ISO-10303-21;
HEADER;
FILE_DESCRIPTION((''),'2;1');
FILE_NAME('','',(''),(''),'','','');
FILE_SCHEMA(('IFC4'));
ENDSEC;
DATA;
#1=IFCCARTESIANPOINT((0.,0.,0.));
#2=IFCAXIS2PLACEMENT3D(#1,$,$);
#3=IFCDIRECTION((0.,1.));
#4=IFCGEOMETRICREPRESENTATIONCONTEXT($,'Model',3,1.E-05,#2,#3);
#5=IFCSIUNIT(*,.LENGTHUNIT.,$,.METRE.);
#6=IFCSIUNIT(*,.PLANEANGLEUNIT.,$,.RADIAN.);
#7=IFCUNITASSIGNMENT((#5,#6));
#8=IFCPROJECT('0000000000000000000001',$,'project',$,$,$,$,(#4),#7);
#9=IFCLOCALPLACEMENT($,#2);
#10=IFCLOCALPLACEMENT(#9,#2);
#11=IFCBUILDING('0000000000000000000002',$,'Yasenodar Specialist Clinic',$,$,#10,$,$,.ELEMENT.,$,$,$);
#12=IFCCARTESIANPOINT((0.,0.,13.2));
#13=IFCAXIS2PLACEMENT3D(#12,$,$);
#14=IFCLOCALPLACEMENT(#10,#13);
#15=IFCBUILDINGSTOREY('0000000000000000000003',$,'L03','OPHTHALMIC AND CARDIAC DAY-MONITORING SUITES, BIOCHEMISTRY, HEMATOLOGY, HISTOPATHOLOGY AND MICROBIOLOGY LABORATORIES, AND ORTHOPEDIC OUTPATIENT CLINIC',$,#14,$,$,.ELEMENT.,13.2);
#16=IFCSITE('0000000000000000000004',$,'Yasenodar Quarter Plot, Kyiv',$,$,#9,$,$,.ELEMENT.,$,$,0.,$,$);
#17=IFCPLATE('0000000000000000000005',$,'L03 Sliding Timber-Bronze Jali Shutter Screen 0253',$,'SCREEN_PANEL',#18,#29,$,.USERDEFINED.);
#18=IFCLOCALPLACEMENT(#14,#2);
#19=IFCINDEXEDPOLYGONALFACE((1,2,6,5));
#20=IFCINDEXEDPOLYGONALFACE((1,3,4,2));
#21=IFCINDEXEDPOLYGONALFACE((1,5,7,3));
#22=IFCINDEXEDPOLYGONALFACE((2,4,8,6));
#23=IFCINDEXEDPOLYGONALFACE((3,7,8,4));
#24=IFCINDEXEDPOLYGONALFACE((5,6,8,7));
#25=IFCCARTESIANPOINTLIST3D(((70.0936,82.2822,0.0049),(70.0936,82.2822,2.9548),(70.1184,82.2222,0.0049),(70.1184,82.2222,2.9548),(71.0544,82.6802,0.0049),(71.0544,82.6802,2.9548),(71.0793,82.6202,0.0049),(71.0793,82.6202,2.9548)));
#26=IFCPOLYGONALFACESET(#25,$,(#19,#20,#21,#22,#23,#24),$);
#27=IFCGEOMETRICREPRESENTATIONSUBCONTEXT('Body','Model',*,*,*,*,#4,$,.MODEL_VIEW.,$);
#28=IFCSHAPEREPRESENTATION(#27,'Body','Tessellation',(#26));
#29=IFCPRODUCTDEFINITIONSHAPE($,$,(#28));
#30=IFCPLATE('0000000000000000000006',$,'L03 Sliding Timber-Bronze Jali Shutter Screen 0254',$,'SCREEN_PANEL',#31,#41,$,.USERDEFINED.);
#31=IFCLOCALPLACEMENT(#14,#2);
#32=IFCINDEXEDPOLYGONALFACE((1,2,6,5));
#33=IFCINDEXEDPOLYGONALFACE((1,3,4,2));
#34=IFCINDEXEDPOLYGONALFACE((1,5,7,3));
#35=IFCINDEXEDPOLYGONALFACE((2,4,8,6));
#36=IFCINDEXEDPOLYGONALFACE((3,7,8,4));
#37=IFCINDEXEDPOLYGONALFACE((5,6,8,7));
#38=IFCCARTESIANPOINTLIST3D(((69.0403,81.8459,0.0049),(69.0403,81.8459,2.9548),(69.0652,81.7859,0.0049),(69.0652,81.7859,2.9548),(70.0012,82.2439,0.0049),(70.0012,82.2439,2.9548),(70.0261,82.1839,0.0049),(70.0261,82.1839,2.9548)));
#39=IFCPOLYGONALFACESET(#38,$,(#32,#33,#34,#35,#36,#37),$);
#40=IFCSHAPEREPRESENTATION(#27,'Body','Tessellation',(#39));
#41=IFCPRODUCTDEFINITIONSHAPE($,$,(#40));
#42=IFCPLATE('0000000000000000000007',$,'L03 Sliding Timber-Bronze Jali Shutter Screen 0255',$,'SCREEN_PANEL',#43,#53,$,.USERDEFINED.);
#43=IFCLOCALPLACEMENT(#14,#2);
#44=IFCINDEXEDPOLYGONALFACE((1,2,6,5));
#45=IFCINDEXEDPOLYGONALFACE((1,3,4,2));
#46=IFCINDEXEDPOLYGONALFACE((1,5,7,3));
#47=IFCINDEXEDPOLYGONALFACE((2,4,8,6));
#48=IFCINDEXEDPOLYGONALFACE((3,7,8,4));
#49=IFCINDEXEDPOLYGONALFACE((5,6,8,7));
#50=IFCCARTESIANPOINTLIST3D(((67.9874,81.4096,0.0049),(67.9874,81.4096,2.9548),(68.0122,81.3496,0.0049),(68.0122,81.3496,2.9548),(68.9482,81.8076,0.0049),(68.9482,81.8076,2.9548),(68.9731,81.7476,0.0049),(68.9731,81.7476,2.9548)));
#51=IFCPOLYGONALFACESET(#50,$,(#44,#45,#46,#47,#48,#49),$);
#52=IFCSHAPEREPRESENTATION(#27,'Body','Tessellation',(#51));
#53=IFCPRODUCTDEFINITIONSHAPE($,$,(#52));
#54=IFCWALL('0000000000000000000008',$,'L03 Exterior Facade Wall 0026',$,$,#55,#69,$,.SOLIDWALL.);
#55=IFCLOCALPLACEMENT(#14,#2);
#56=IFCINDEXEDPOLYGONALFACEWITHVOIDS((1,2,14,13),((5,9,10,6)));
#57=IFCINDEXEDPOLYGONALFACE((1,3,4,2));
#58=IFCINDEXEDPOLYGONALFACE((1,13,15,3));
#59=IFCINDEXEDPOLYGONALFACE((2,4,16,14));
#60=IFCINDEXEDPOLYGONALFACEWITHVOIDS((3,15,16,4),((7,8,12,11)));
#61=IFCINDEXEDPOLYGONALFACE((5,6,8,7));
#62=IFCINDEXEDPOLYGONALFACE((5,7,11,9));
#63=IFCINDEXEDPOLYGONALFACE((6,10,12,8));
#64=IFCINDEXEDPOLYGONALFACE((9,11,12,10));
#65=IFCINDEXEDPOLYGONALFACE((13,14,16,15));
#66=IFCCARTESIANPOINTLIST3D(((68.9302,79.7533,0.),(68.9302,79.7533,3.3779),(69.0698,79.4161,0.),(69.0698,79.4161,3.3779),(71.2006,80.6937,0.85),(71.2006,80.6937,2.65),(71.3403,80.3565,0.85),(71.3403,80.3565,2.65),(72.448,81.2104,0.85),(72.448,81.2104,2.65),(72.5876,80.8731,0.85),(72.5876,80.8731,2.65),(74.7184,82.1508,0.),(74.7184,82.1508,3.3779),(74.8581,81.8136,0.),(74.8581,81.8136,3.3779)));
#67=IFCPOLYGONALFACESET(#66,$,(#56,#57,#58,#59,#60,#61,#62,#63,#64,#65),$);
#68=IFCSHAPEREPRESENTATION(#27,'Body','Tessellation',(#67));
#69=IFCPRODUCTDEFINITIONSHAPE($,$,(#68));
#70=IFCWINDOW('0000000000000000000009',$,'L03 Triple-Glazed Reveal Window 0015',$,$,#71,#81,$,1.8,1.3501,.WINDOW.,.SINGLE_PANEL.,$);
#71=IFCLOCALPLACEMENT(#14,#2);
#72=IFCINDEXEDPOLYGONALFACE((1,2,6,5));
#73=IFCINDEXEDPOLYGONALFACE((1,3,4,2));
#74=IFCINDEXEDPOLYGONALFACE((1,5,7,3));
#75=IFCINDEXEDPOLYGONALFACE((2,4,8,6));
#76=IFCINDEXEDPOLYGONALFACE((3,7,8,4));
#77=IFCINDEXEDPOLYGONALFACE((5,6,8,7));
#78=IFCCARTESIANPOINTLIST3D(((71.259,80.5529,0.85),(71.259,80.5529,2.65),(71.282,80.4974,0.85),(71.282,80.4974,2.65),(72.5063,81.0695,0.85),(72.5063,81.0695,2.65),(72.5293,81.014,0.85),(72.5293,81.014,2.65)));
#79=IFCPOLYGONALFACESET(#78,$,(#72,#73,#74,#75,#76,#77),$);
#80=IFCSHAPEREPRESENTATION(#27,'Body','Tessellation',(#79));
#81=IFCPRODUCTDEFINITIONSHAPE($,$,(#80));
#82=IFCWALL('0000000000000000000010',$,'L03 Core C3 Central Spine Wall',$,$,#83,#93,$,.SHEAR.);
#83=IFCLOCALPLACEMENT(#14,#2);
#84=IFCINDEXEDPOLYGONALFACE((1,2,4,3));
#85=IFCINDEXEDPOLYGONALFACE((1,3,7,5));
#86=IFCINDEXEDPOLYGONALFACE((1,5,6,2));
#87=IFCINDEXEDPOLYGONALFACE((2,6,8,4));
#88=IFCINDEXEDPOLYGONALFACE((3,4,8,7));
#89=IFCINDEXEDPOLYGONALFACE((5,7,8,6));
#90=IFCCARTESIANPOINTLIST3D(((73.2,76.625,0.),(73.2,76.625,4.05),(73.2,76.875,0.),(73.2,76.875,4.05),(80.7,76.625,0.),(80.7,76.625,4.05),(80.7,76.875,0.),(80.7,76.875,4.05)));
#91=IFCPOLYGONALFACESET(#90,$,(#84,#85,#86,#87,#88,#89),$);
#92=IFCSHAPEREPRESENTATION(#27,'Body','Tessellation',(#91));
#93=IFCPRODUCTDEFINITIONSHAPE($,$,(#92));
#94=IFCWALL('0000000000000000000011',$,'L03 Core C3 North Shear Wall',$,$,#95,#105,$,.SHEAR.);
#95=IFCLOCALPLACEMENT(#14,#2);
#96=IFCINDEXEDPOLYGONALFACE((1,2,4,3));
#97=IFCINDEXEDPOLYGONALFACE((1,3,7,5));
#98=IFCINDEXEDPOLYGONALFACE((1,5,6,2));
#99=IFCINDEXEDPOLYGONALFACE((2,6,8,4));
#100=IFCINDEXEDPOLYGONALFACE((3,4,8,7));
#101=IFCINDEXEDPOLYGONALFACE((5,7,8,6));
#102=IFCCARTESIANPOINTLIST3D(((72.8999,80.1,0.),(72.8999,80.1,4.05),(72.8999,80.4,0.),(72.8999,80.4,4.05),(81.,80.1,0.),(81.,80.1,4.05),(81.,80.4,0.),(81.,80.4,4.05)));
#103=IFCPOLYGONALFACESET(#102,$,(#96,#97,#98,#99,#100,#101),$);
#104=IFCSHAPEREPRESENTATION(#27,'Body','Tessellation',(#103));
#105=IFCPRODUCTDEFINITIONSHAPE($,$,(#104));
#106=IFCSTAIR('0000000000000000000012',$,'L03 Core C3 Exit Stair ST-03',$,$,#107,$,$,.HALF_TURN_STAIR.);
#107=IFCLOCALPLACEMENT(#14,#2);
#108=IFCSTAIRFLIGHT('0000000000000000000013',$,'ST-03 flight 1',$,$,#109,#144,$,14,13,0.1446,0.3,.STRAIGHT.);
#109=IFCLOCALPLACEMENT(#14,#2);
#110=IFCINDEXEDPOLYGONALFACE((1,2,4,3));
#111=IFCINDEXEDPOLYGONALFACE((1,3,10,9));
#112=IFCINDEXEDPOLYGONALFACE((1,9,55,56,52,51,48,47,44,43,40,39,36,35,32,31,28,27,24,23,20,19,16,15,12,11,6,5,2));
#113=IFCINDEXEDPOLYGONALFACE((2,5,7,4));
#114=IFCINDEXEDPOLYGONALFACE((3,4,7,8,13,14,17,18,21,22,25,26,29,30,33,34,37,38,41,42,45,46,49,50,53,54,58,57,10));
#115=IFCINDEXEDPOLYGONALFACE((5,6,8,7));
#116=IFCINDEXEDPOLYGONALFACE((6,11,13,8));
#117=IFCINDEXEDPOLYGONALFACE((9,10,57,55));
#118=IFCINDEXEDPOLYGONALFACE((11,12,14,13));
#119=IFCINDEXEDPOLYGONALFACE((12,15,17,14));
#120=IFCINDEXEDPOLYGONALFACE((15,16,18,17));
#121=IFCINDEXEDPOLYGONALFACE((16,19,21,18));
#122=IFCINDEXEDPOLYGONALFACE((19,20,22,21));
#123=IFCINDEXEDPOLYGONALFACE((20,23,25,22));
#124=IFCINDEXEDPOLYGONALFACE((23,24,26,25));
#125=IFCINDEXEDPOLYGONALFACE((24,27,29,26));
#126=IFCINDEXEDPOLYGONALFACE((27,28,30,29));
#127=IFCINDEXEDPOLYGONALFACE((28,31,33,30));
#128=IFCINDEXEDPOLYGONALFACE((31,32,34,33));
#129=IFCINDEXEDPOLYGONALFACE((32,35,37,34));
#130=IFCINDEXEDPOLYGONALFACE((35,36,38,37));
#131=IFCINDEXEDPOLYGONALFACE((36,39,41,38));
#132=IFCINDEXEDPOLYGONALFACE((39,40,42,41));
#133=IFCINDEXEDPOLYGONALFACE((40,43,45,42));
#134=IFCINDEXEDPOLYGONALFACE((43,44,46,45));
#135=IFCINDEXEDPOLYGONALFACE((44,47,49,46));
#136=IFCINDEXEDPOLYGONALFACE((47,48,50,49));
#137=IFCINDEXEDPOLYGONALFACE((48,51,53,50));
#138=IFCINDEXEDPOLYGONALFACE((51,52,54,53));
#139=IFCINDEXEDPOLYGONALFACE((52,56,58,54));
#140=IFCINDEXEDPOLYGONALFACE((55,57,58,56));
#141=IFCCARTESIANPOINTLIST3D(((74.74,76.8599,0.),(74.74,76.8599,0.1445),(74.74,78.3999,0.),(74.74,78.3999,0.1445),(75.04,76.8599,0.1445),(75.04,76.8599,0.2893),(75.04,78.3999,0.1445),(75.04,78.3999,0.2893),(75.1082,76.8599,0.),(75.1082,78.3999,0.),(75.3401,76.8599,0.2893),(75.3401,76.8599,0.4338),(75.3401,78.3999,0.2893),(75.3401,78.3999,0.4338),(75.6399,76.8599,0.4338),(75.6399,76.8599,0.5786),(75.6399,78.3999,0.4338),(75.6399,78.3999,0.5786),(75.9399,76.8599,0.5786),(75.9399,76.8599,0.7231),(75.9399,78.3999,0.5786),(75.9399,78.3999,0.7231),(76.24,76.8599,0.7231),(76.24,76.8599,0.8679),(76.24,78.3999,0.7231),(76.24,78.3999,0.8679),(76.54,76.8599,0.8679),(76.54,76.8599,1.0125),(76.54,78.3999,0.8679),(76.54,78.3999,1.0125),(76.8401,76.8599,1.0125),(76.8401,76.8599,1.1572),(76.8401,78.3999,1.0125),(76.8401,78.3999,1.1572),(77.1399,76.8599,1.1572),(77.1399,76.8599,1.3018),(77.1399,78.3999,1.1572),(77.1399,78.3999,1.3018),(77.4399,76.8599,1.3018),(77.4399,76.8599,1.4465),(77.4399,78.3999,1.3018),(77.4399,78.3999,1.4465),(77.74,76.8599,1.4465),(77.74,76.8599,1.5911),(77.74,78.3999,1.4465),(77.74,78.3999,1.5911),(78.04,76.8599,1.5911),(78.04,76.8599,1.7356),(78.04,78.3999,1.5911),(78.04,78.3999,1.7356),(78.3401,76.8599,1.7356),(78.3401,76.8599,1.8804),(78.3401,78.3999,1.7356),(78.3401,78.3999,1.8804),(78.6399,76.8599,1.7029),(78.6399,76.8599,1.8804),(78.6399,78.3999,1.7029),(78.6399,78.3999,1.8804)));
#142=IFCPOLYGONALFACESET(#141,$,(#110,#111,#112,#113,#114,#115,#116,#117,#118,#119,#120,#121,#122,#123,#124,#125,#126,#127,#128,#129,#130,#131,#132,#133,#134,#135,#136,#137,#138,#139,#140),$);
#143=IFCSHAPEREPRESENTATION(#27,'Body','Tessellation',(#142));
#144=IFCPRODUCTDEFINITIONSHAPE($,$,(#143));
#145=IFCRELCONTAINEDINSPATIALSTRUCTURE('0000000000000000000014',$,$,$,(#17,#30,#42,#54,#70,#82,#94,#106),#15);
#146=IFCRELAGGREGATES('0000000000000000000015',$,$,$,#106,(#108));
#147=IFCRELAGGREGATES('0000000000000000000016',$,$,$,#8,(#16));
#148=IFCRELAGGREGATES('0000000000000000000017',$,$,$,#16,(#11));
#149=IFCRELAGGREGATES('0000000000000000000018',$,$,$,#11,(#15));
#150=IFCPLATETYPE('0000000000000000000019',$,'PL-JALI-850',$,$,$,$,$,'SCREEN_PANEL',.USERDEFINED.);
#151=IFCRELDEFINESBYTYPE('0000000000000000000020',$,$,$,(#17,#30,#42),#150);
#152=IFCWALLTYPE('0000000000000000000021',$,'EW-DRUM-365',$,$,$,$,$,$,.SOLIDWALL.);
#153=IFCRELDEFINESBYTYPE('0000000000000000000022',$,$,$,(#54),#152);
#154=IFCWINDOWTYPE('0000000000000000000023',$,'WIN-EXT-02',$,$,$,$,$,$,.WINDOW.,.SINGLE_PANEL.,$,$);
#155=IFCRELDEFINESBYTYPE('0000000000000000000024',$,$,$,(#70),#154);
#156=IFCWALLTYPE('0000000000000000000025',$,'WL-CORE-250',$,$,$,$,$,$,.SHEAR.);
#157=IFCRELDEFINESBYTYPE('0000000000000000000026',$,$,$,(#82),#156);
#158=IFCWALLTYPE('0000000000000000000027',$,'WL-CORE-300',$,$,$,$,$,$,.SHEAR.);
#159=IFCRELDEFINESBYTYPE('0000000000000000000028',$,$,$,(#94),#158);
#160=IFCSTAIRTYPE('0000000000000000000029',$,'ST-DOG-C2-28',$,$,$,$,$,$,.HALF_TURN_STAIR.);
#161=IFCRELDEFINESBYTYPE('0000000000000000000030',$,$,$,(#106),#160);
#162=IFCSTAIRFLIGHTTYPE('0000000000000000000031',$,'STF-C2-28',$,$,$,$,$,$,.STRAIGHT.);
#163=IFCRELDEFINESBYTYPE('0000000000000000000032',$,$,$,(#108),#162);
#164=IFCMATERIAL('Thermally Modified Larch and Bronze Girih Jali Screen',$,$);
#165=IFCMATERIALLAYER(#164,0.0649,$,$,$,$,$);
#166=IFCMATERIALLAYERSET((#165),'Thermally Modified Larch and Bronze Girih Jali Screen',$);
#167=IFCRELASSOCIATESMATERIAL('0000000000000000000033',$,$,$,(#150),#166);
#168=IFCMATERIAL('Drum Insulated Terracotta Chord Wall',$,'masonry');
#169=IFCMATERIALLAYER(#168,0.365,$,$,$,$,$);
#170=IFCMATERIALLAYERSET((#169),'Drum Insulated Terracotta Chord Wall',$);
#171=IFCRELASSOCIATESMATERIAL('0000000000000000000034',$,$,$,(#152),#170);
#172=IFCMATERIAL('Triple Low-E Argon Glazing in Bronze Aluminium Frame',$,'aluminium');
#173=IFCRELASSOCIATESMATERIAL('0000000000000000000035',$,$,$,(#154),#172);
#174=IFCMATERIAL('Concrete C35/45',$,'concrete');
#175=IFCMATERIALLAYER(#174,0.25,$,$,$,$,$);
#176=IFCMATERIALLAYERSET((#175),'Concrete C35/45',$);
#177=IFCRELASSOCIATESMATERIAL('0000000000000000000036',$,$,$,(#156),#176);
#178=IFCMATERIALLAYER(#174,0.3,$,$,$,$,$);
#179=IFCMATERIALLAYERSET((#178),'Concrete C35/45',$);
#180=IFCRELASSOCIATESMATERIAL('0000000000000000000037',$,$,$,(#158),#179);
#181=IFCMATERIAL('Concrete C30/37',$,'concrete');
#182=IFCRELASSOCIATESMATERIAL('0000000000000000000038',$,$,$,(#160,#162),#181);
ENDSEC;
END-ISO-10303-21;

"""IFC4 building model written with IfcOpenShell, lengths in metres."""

from ifc_helpers import new_model, si_unit, direction, frame, frame_2d, origin, origin_2d, place, context, subcontext, project, spatial, polyline, rectangle, outline, extrude, material, layer, layer_set, type_object, element, fill, aggregate, save


model = new_model("IFC4")

# Units and contexts
model_context = context("Model", 3, precision=1e-05, world=origin(), true_north=direction((0.0, 1.0)))
body_context = subcontext(model_context, "Body", "Model", "MODEL_VIEW")
ifc_project = project(units=[si_unit("LENGTHUNIT", "METRE"), si_unit("PLANEANGLEUNIT", "RADIAN")], contexts=[model_context])

# Site, building, storey
site_placement = place(None, origin())
site = spatial("IfcSite", under=ifc_project, at=site_placement, Name="Yasenodar Quarter Plot, Kyiv", CompositionType="ELEMENT", RefElevation=0.0)
building_placement = place(site_placement, origin())
building = spatial("IfcBuilding", under=site, at=building_placement, Name="Yasenodar Specialist Clinic", CompositionType="ELEMENT")
storey_placement = place(building_placement, frame((0.0, 0.0, 13.2)))
storey = spatial("IfcBuildingStorey", under=building, at=storey_placement, Name="L03", Description="OPHTHALMIC AND CARDIAC DAY-MONITORING SUITES, BIOCHEMISTRY, HEMATOLOGY, HISTOPATHOLOGY AND MICROBIOLOGY LABORATORIES, AND ORTHOPEDIC OUTPATIENT CLINIC", CompositionType="ELEMENT", Elevation=13.2)

# Plates
ifc_material_1 = material(Name="Thermally Modified Larch and Bronze Girih Jali Screen")
ifc_layer_1 = layer(ifc_material_1, 0.0649)
ifc_layer_set_1 = layer_set([ifc_layer_1], Name="Thermally Modified Larch and Bronze Girih Jali Screen")
plate_type_1 = type_object("IfcPlateType", Name="PL-JALI-850", ElementType="SCREEN_PANEL", PredefinedType="USERDEFINED", material=ifc_layer_set_1)
for number, where, z_axis, x_axis, name in (
    (1, (70.5864, 82.4512, 0.0049), (0.0, 0.0, 1.0), (-0.923878, -0.382687, 0.0), "L03 Sliding Timber-Bronze Jali Shutter Screen 0253"),
    (2, (69.5332, 82.0149, 0.0049), (0.0, 0.0, 1.0), (-0.923878, -0.382687, 0.0), "L03 Sliding Timber-Bronze Jali Shutter Screen 0254"),
    (3, (68.4802, 81.5786, 0.0049), (0.0, 0.0, 1.0), (-0.923878, -0.382687, 0.0), "L03 Sliding Timber-Bronze Jali Shutter Screen 0255"),
):
    element("IfcPlate", number, at=place(storey_placement, frame(where, z_axis=z_axis, x_axis=x_axis)), inside=storey, type_object=plate_type_1, Name=name, ObjectType="SCREEN_PANEL", PredefinedType="USERDEFINED", context=body_context, shape_type="SweptSolid", body=[
        extrude(rectangle(XDim=1.04, YDim=0.0649, at=origin_2d()), origin(), (0.0, 0.0, 1.0), 2.95),
    ])

# Wall, opening, window
ifc_material_2 = material(Name="Drum Insulated Terracotta Chord Wall", Category="masonry")
ifc_layer_2 = layer(ifc_material_2, 0.365)
ifc_layer_set_2 = layer_set([ifc_layer_2], Name="Drum Insulated Terracotta Chord Wall")
wall_type_1 = type_object("IfcWallType", Name="EW-DRUM-365", PredefinedType="SOLIDWALL", material=ifc_layer_set_2)
wall_1_placement = place(storey_placement, frame((69.0, 79.5847, 0.0), z_axis=(0.0, 0.0, 1.0), x_axis=(0.923888, 0.382664, 0.0)))
wall_1 = element("IfcWall", 4, at=wall_1_placement, inside=storey, type_object=wall_type_1, Name="L03 Exterior Facade Wall 0026", PredefinedType="SOLIDWALL", context=body_context, shape_type="SweptSolid", body=[
    extrude(rectangle(XDim=6.2651, YDim=0.365, at=frame_2d((3.1326, 0.0))), origin(), (0.0, 0.0, 1.0), 3.3779),
])
opening_placement = place(wall_1_placement, frame((2.4575, 0.0, 0.8501)))
opening = element("IfcOpeningElement", 5, at=opening_placement, cuts=wall_1, PredefinedType="OPENING", context=body_context, shape_type="SweptSolid", body=[
    extrude(rectangle(XDim=1.3501, YDim=1.8, at=frame_2d((0.675, 0.8999))), frame((0.0, 0.1924, 0.0), z_axis=(0.0, -1.0, 0.0), x_axis=(1.0, 0.0, 0.0)), (0.0, 0.0, 1.0), 0.385),
])
ifc_material_3 = material(Name="Triple Low-E Argon Glazing in Bronze Aluminium Frame", Category="aluminium")
window_type = type_object("IfcWindowType", Name="WIN-EXT-02", PartitioningType="SINGLE_PANEL", PredefinedType="WINDOW", material=ifc_material_3)
window_placement = place(opening_placement, origin())
window = element("IfcWindow", 6, at=window_placement, inside=storey, type_object=window_type, Name="L03 Triple-Glazed Reveal Window 0015", OverallHeight=1.8, OverallWidth=1.3501, PartitioningType="SINGLE_PANEL", PredefinedType="WINDOW", context=body_context, shape_type="SweptSolid", body=[
    extrude(rectangle(XDim=1.3501, YDim=1.8, at=frame_2d((0.675, 0.8999))), frame((0.0, 0.03, 0.0), z_axis=(0.0, -1.0, 0.0), x_axis=(1.0, 0.0, 0.0)), (0.0, 0.0, 1.0), 0.0601),
])
fill(opening, window)

# Walls
ifc_material_4 = material(Name="Concrete C35/45", Category="concrete")
ifc_layer_3 = layer(ifc_material_4, 0.25)
ifc_layer_set_3 = layer_set([ifc_layer_3], Name="Concrete C35/45")
wall_type_2 = type_object("IfcWallType", Name="WL-CORE-250", PredefinedType="SHEAR", material=ifc_layer_set_3)
wall_2_placement = place(storey_placement, frame((73.2, 76.75, 0.0), z_axis=(0.0, 0.0, 1.0), x_axis=(1.0, 0.0, 0.0)))
element("IfcWall", 7, at=wall_2_placement, inside=storey, type_object=wall_type_2, Name="L03 Core C3 Central Spine Wall", PredefinedType="SHEAR", context=body_context, shape_type="SweptSolid", body=[
    extrude(rectangle(XDim=7.5, YDim=0.25, at=frame_2d((3.75, 0.0))), origin(), (0.0, 0.0, 1.0), 4.05),
])
ifc_layer_4 = layer(ifc_material_4, 0.3)
ifc_layer_set_4 = layer_set([ifc_layer_4], Name="Concrete C35/45")
wall_type_3 = type_object("IfcWallType", Name="WL-CORE-300", PredefinedType="SHEAR", material=ifc_layer_set_4)
wall_3_placement = place(storey_placement, frame((72.8999, 80.25, 0.0), z_axis=(0.0, 0.0, 1.0), x_axis=(1.0, 0.0, 0.0)))
element("IfcWall", 8, at=wall_3_placement, inside=storey, type_object=wall_type_3, Name="L03 Core C3 North Shear Wall", PredefinedType="SHEAR", context=body_context, shape_type="SweptSolid", body=[
    extrude(rectangle(XDim=8.1001, YDim=0.3, at=frame_2d((4.05, 0.0))), origin(), (0.0, 0.0, 1.0), 4.05),
])

# Stair, stair flight
ifc_material_5 = material(Name="Concrete C30/37", Category="concrete")
stair_type = type_object("IfcStairType", Name="ST-DOG-C2-28", PredefinedType="HALF_TURN_STAIR", material=ifc_material_5)
stair_placement = place(storey_placement, origin())
stair = element("IfcStair", 9, at=stair_placement, inside=storey, type_object=stair_type, Name="L03 Core C3 Exit Stair ST-03", PredefinedType="HALF_TURN_STAIR")
stair_flight_type = type_object("IfcStairFlightType", Name="STF-C2-28", PredefinedType="STRAIGHT", material=ifc_material_5)
stair_flight_placement = place(storey_placement, frame((74.74, 77.6299, 0.0), z_axis=(0.0, 0.0, 1.0), x_axis=(1.0, 0.0, 0.0)))
stair_flight = element("IfcStairFlight", 10, at=stair_flight_placement, type_object=stair_flight_type, Name="ST-03 flight 1", NumberOfRisers=14, NumberOfTreads=13, PredefinedType="STRAIGHT", RiserHeight=0.1446, TreadLength=0.3, context=body_context, shape_type="SweptSolid", body=[
    extrude(outline(polyline([(0.0, 0.0), (0.0, 0.1445), (0.3, 0.1445), (0.3, 0.2893), (0.6001, 0.2893), (0.6001, 0.4338), (0.8999, 0.4338), (0.8999, 0.5786), (1.2, 0.5786), (1.2, 0.7231), (1.5, 0.7231), (1.5, 0.8679), (1.8, 0.8679), (1.8, 1.0125), (2.1001, 1.0125), (2.1001, 1.1572), (2.3999, 1.1572), (2.3999, 1.3018), (2.7, 1.3018), (2.7, 1.4465), (3.0, 1.4465), (3.0, 1.5911), (3.3, 1.5911), (3.3, 1.7356), (3.6001, 1.7356), (3.6001, 1.8804), (3.8999, 1.8804), (3.8999, 2.0249), (3.8999, 1.7029), (0.3682, 0.0), (0.0, 0.0)])), frame((0.0, 0.77, 0.0), z_axis=(0.0, -1.0, 0.0), x_axis=(1.0, 0.0, 0.0)), (0.0, 0.0, 1.0), 1.54),
])
aggregate(stair, [stair_flight])

save(model, "model.ifc")
